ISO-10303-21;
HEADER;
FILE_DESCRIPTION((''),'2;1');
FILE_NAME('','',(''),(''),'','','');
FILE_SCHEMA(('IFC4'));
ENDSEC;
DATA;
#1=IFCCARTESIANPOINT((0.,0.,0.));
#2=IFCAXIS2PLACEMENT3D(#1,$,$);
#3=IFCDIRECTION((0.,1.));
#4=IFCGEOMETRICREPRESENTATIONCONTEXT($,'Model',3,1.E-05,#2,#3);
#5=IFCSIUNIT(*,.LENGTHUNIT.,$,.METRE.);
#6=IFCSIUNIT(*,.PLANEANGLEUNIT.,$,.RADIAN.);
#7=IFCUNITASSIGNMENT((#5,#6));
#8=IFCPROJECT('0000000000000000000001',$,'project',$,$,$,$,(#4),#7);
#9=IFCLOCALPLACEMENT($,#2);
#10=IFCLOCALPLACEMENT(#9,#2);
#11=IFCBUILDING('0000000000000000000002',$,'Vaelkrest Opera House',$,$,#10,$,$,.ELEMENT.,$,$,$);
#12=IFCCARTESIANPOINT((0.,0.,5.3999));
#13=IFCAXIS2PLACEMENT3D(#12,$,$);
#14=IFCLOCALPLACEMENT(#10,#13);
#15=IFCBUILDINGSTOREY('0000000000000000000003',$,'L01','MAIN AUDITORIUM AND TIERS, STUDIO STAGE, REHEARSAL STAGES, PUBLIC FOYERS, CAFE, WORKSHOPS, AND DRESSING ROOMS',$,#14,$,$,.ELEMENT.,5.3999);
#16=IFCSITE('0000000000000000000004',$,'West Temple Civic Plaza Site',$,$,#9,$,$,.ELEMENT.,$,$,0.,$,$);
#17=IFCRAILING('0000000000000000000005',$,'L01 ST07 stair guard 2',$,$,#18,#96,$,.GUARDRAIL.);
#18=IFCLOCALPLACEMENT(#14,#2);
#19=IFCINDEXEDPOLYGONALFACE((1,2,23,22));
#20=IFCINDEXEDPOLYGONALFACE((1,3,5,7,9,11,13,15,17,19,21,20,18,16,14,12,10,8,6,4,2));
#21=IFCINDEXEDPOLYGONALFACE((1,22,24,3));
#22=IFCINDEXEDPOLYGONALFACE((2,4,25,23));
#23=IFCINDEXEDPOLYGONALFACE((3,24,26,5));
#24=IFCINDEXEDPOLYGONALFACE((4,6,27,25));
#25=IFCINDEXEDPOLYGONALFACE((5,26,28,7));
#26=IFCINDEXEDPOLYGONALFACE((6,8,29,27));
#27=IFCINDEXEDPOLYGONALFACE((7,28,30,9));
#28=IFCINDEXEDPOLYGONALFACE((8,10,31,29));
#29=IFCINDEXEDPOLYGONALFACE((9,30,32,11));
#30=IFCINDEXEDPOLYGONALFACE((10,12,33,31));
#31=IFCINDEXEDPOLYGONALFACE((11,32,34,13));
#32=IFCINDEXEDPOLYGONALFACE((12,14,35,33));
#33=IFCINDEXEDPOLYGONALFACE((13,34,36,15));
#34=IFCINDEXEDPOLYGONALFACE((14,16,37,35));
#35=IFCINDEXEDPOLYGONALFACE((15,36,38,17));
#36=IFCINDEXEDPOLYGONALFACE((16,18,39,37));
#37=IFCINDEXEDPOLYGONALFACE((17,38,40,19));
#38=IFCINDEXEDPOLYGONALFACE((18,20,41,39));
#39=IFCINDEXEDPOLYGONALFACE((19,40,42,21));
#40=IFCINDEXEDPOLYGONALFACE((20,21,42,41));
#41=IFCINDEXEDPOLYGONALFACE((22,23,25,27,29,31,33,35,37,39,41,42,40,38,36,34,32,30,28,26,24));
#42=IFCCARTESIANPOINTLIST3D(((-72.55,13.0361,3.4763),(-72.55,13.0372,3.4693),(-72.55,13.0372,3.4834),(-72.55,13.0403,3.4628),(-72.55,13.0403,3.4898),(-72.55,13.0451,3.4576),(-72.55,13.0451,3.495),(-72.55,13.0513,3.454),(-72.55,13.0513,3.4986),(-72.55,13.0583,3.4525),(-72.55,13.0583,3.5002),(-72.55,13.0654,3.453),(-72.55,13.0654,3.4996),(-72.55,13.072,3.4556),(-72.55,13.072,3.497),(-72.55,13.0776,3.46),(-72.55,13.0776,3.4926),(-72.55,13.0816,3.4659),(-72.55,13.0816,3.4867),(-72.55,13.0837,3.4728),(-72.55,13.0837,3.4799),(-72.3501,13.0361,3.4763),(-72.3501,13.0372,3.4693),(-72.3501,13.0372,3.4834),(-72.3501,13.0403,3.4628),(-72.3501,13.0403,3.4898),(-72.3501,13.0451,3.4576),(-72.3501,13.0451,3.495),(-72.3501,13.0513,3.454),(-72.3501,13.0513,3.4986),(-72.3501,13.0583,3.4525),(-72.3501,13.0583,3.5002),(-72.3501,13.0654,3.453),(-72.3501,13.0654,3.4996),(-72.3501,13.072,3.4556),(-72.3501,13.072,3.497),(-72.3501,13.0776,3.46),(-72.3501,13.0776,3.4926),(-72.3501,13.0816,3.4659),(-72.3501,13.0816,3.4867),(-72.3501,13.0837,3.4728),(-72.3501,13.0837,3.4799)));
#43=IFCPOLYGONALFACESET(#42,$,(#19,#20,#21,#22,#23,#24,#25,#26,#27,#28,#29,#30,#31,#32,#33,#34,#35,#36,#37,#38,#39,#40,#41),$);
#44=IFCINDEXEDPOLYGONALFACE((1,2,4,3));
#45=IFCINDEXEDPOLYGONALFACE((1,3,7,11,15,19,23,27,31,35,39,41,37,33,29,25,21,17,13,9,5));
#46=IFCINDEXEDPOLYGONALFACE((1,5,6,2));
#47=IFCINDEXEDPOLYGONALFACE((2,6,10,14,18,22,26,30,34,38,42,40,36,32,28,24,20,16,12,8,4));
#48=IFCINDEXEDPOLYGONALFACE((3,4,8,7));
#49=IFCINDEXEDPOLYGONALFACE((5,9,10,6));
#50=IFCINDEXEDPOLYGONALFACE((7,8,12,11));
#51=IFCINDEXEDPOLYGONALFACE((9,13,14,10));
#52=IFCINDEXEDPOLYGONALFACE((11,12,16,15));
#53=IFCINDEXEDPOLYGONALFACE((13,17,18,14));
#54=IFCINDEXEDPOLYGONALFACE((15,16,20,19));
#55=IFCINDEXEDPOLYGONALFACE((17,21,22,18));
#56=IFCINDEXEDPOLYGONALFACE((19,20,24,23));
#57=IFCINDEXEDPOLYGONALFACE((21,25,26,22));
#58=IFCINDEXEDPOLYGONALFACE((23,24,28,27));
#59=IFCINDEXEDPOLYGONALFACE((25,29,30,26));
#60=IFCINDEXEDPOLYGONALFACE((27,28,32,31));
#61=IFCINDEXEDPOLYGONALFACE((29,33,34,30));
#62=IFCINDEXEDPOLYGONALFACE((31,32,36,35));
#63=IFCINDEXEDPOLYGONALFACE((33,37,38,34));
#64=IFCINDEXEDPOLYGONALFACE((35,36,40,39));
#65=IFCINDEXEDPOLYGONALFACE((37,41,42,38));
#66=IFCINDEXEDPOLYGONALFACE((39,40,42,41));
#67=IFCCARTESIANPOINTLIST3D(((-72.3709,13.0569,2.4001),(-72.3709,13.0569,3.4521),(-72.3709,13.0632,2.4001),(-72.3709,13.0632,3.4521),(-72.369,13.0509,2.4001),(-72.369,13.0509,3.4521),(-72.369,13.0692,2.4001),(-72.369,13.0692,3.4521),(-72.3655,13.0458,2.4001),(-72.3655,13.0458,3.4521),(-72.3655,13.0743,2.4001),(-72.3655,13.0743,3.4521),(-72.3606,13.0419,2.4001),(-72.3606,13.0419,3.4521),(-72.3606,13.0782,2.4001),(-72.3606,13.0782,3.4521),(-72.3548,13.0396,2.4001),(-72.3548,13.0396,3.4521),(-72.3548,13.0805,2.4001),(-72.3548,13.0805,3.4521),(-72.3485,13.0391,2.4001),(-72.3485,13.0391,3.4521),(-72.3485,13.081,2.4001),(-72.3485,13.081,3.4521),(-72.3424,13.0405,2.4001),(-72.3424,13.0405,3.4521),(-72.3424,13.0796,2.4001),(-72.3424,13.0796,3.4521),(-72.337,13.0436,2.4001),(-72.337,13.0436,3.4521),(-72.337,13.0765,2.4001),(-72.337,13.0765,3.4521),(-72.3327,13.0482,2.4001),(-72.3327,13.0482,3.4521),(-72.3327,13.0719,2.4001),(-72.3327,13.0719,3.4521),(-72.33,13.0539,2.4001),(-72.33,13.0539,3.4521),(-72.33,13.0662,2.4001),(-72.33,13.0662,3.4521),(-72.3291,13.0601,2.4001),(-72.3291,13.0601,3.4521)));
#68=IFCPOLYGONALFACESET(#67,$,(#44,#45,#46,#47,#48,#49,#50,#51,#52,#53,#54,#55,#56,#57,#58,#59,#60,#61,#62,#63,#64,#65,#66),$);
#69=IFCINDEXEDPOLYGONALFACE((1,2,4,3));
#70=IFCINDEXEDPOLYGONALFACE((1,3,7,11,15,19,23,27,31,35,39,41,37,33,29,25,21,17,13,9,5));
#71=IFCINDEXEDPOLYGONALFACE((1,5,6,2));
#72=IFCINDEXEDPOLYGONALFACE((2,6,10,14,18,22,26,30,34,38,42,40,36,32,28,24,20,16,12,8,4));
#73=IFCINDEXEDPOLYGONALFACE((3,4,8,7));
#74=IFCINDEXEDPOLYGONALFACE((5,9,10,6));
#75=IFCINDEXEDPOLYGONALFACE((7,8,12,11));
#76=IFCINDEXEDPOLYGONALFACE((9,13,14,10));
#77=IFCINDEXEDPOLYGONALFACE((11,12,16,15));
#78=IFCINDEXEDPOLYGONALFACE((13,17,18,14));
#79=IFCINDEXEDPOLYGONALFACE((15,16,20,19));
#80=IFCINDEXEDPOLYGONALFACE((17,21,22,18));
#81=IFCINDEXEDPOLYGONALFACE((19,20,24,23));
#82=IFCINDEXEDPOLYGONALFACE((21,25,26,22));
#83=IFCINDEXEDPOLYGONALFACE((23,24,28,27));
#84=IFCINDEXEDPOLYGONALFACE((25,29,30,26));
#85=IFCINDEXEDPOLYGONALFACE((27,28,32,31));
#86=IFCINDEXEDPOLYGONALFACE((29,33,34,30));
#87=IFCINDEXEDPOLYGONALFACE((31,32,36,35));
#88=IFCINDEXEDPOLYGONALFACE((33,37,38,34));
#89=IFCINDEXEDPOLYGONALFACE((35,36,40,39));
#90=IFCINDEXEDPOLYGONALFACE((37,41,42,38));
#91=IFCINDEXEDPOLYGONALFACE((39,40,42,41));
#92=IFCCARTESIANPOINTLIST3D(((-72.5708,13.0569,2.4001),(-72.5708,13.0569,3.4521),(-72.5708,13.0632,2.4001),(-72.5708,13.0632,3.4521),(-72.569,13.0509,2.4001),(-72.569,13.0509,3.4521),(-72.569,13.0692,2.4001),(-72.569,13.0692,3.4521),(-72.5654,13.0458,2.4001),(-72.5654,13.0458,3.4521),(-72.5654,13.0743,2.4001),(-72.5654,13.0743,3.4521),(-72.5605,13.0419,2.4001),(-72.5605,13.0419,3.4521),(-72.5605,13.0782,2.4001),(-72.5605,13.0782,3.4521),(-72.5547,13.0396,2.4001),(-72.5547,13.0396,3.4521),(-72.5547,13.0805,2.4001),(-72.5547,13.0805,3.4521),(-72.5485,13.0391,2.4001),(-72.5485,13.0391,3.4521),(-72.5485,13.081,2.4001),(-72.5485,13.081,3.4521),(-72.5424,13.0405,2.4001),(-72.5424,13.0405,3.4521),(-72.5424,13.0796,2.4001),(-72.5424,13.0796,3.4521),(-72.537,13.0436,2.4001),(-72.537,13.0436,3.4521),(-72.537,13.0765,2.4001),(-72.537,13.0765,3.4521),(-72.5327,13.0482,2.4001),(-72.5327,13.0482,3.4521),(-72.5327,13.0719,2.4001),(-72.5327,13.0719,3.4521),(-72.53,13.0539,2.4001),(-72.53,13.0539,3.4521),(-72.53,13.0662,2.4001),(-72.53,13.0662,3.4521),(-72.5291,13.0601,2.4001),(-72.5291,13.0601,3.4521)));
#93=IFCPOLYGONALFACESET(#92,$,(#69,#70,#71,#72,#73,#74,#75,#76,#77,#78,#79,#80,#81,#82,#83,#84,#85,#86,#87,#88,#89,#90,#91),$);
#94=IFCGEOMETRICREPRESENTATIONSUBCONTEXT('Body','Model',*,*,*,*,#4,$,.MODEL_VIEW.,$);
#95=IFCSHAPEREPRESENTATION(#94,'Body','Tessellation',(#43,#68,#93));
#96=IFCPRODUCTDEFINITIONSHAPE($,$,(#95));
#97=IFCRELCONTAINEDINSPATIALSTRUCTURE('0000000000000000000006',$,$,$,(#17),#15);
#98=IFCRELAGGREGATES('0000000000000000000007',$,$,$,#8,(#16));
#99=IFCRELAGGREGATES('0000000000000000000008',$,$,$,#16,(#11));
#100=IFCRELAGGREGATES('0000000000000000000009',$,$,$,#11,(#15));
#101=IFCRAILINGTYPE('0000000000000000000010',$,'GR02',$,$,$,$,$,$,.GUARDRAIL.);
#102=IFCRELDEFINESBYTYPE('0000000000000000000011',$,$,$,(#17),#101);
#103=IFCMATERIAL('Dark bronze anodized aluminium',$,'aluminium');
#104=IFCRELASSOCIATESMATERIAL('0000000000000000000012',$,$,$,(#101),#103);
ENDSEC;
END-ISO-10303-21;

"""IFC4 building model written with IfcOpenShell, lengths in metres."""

from ifc_helpers import new_model, si_unit, direction, frame, origin, origin_2d, place, context, subcontext, project, spatial, circle, extrude, material, type_object, element, save


model = new_model("IFC4")

# Units and contexts
model_context = context("Model", 3, precision=1e-05, world=origin(), true_north=direction((0.0, 1.0)))
body_context = subcontext(model_context, "Body", "Model", "MODEL_VIEW")
ifc_project = project(units=[si_unit("LENGTHUNIT", "METRE"), si_unit("PLANEANGLEUNIT", "RADIAN")], contexts=[model_context])

# Site, building, storey
site_placement = place(None, origin())
site = spatial("IfcSite", under=ifc_project, at=site_placement, Name="West Temple Civic Plaza Site", CompositionType="ELEMENT", RefElevation=0.0)
building_placement = place(site_placement, origin())
building = spatial("IfcBuilding", under=site, at=building_placement, Name="Vaelkrest Opera House", CompositionType="ELEMENT")
storey_placement = place(building_placement, frame((0.0, 0.0, 5.3999)))
storey = spatial("IfcBuildingStorey", under=building, at=storey_placement, Name="L01", Description="MAIN AUDITORIUM AND TIERS, STUDIO STAGE, REHEARSAL STAGES, PUBLIC FOYERS, CAFE, WORKSHOPS, AND DRESSING ROOMS", CompositionType="ELEMENT", Elevation=5.3999)

# Shared definitions
ifc_material_1 = material(Name="Dark bronze anodized aluminium", Category="aluminium")

# Railing
railing_type_1 = type_object("IfcRailingType", Name="GR02", PredefinedType="GUARDRAIL", material=ifc_material_1)
railing_1_placement = place(storey_placement, frame((-72.3501, 13.0601, 2.4001)))
element("IfcRailing", 1, at=railing_1_placement, inside=storey, type_object=railing_type_1, Name="L01 ST07 stair guard 2", PredefinedType="GUARDRAIL", context=body_context, shape_type="SweptSolid", body=[
    extrude(circle(Radius=0.0239, at=origin_2d()), frame((0.0, 0.0, 1.0762), z_axis=(-1.0, 0.0, 0.0), x_axis=(0.0, -1.0, 0.0)), (0.0, 0.0, 1.0), 0.2),
    extrude(circle(Radius=0.021, at=origin_2d()), origin(), (0.0, 0.0, 1.0), 1.052),
    extrude(circle(Radius=0.021, at=origin_2d()), frame((-0.2, 0.0, 0.0)), (0.0, 0.0, 1.0), 1.052),
])

save(model, "model.ifc")
